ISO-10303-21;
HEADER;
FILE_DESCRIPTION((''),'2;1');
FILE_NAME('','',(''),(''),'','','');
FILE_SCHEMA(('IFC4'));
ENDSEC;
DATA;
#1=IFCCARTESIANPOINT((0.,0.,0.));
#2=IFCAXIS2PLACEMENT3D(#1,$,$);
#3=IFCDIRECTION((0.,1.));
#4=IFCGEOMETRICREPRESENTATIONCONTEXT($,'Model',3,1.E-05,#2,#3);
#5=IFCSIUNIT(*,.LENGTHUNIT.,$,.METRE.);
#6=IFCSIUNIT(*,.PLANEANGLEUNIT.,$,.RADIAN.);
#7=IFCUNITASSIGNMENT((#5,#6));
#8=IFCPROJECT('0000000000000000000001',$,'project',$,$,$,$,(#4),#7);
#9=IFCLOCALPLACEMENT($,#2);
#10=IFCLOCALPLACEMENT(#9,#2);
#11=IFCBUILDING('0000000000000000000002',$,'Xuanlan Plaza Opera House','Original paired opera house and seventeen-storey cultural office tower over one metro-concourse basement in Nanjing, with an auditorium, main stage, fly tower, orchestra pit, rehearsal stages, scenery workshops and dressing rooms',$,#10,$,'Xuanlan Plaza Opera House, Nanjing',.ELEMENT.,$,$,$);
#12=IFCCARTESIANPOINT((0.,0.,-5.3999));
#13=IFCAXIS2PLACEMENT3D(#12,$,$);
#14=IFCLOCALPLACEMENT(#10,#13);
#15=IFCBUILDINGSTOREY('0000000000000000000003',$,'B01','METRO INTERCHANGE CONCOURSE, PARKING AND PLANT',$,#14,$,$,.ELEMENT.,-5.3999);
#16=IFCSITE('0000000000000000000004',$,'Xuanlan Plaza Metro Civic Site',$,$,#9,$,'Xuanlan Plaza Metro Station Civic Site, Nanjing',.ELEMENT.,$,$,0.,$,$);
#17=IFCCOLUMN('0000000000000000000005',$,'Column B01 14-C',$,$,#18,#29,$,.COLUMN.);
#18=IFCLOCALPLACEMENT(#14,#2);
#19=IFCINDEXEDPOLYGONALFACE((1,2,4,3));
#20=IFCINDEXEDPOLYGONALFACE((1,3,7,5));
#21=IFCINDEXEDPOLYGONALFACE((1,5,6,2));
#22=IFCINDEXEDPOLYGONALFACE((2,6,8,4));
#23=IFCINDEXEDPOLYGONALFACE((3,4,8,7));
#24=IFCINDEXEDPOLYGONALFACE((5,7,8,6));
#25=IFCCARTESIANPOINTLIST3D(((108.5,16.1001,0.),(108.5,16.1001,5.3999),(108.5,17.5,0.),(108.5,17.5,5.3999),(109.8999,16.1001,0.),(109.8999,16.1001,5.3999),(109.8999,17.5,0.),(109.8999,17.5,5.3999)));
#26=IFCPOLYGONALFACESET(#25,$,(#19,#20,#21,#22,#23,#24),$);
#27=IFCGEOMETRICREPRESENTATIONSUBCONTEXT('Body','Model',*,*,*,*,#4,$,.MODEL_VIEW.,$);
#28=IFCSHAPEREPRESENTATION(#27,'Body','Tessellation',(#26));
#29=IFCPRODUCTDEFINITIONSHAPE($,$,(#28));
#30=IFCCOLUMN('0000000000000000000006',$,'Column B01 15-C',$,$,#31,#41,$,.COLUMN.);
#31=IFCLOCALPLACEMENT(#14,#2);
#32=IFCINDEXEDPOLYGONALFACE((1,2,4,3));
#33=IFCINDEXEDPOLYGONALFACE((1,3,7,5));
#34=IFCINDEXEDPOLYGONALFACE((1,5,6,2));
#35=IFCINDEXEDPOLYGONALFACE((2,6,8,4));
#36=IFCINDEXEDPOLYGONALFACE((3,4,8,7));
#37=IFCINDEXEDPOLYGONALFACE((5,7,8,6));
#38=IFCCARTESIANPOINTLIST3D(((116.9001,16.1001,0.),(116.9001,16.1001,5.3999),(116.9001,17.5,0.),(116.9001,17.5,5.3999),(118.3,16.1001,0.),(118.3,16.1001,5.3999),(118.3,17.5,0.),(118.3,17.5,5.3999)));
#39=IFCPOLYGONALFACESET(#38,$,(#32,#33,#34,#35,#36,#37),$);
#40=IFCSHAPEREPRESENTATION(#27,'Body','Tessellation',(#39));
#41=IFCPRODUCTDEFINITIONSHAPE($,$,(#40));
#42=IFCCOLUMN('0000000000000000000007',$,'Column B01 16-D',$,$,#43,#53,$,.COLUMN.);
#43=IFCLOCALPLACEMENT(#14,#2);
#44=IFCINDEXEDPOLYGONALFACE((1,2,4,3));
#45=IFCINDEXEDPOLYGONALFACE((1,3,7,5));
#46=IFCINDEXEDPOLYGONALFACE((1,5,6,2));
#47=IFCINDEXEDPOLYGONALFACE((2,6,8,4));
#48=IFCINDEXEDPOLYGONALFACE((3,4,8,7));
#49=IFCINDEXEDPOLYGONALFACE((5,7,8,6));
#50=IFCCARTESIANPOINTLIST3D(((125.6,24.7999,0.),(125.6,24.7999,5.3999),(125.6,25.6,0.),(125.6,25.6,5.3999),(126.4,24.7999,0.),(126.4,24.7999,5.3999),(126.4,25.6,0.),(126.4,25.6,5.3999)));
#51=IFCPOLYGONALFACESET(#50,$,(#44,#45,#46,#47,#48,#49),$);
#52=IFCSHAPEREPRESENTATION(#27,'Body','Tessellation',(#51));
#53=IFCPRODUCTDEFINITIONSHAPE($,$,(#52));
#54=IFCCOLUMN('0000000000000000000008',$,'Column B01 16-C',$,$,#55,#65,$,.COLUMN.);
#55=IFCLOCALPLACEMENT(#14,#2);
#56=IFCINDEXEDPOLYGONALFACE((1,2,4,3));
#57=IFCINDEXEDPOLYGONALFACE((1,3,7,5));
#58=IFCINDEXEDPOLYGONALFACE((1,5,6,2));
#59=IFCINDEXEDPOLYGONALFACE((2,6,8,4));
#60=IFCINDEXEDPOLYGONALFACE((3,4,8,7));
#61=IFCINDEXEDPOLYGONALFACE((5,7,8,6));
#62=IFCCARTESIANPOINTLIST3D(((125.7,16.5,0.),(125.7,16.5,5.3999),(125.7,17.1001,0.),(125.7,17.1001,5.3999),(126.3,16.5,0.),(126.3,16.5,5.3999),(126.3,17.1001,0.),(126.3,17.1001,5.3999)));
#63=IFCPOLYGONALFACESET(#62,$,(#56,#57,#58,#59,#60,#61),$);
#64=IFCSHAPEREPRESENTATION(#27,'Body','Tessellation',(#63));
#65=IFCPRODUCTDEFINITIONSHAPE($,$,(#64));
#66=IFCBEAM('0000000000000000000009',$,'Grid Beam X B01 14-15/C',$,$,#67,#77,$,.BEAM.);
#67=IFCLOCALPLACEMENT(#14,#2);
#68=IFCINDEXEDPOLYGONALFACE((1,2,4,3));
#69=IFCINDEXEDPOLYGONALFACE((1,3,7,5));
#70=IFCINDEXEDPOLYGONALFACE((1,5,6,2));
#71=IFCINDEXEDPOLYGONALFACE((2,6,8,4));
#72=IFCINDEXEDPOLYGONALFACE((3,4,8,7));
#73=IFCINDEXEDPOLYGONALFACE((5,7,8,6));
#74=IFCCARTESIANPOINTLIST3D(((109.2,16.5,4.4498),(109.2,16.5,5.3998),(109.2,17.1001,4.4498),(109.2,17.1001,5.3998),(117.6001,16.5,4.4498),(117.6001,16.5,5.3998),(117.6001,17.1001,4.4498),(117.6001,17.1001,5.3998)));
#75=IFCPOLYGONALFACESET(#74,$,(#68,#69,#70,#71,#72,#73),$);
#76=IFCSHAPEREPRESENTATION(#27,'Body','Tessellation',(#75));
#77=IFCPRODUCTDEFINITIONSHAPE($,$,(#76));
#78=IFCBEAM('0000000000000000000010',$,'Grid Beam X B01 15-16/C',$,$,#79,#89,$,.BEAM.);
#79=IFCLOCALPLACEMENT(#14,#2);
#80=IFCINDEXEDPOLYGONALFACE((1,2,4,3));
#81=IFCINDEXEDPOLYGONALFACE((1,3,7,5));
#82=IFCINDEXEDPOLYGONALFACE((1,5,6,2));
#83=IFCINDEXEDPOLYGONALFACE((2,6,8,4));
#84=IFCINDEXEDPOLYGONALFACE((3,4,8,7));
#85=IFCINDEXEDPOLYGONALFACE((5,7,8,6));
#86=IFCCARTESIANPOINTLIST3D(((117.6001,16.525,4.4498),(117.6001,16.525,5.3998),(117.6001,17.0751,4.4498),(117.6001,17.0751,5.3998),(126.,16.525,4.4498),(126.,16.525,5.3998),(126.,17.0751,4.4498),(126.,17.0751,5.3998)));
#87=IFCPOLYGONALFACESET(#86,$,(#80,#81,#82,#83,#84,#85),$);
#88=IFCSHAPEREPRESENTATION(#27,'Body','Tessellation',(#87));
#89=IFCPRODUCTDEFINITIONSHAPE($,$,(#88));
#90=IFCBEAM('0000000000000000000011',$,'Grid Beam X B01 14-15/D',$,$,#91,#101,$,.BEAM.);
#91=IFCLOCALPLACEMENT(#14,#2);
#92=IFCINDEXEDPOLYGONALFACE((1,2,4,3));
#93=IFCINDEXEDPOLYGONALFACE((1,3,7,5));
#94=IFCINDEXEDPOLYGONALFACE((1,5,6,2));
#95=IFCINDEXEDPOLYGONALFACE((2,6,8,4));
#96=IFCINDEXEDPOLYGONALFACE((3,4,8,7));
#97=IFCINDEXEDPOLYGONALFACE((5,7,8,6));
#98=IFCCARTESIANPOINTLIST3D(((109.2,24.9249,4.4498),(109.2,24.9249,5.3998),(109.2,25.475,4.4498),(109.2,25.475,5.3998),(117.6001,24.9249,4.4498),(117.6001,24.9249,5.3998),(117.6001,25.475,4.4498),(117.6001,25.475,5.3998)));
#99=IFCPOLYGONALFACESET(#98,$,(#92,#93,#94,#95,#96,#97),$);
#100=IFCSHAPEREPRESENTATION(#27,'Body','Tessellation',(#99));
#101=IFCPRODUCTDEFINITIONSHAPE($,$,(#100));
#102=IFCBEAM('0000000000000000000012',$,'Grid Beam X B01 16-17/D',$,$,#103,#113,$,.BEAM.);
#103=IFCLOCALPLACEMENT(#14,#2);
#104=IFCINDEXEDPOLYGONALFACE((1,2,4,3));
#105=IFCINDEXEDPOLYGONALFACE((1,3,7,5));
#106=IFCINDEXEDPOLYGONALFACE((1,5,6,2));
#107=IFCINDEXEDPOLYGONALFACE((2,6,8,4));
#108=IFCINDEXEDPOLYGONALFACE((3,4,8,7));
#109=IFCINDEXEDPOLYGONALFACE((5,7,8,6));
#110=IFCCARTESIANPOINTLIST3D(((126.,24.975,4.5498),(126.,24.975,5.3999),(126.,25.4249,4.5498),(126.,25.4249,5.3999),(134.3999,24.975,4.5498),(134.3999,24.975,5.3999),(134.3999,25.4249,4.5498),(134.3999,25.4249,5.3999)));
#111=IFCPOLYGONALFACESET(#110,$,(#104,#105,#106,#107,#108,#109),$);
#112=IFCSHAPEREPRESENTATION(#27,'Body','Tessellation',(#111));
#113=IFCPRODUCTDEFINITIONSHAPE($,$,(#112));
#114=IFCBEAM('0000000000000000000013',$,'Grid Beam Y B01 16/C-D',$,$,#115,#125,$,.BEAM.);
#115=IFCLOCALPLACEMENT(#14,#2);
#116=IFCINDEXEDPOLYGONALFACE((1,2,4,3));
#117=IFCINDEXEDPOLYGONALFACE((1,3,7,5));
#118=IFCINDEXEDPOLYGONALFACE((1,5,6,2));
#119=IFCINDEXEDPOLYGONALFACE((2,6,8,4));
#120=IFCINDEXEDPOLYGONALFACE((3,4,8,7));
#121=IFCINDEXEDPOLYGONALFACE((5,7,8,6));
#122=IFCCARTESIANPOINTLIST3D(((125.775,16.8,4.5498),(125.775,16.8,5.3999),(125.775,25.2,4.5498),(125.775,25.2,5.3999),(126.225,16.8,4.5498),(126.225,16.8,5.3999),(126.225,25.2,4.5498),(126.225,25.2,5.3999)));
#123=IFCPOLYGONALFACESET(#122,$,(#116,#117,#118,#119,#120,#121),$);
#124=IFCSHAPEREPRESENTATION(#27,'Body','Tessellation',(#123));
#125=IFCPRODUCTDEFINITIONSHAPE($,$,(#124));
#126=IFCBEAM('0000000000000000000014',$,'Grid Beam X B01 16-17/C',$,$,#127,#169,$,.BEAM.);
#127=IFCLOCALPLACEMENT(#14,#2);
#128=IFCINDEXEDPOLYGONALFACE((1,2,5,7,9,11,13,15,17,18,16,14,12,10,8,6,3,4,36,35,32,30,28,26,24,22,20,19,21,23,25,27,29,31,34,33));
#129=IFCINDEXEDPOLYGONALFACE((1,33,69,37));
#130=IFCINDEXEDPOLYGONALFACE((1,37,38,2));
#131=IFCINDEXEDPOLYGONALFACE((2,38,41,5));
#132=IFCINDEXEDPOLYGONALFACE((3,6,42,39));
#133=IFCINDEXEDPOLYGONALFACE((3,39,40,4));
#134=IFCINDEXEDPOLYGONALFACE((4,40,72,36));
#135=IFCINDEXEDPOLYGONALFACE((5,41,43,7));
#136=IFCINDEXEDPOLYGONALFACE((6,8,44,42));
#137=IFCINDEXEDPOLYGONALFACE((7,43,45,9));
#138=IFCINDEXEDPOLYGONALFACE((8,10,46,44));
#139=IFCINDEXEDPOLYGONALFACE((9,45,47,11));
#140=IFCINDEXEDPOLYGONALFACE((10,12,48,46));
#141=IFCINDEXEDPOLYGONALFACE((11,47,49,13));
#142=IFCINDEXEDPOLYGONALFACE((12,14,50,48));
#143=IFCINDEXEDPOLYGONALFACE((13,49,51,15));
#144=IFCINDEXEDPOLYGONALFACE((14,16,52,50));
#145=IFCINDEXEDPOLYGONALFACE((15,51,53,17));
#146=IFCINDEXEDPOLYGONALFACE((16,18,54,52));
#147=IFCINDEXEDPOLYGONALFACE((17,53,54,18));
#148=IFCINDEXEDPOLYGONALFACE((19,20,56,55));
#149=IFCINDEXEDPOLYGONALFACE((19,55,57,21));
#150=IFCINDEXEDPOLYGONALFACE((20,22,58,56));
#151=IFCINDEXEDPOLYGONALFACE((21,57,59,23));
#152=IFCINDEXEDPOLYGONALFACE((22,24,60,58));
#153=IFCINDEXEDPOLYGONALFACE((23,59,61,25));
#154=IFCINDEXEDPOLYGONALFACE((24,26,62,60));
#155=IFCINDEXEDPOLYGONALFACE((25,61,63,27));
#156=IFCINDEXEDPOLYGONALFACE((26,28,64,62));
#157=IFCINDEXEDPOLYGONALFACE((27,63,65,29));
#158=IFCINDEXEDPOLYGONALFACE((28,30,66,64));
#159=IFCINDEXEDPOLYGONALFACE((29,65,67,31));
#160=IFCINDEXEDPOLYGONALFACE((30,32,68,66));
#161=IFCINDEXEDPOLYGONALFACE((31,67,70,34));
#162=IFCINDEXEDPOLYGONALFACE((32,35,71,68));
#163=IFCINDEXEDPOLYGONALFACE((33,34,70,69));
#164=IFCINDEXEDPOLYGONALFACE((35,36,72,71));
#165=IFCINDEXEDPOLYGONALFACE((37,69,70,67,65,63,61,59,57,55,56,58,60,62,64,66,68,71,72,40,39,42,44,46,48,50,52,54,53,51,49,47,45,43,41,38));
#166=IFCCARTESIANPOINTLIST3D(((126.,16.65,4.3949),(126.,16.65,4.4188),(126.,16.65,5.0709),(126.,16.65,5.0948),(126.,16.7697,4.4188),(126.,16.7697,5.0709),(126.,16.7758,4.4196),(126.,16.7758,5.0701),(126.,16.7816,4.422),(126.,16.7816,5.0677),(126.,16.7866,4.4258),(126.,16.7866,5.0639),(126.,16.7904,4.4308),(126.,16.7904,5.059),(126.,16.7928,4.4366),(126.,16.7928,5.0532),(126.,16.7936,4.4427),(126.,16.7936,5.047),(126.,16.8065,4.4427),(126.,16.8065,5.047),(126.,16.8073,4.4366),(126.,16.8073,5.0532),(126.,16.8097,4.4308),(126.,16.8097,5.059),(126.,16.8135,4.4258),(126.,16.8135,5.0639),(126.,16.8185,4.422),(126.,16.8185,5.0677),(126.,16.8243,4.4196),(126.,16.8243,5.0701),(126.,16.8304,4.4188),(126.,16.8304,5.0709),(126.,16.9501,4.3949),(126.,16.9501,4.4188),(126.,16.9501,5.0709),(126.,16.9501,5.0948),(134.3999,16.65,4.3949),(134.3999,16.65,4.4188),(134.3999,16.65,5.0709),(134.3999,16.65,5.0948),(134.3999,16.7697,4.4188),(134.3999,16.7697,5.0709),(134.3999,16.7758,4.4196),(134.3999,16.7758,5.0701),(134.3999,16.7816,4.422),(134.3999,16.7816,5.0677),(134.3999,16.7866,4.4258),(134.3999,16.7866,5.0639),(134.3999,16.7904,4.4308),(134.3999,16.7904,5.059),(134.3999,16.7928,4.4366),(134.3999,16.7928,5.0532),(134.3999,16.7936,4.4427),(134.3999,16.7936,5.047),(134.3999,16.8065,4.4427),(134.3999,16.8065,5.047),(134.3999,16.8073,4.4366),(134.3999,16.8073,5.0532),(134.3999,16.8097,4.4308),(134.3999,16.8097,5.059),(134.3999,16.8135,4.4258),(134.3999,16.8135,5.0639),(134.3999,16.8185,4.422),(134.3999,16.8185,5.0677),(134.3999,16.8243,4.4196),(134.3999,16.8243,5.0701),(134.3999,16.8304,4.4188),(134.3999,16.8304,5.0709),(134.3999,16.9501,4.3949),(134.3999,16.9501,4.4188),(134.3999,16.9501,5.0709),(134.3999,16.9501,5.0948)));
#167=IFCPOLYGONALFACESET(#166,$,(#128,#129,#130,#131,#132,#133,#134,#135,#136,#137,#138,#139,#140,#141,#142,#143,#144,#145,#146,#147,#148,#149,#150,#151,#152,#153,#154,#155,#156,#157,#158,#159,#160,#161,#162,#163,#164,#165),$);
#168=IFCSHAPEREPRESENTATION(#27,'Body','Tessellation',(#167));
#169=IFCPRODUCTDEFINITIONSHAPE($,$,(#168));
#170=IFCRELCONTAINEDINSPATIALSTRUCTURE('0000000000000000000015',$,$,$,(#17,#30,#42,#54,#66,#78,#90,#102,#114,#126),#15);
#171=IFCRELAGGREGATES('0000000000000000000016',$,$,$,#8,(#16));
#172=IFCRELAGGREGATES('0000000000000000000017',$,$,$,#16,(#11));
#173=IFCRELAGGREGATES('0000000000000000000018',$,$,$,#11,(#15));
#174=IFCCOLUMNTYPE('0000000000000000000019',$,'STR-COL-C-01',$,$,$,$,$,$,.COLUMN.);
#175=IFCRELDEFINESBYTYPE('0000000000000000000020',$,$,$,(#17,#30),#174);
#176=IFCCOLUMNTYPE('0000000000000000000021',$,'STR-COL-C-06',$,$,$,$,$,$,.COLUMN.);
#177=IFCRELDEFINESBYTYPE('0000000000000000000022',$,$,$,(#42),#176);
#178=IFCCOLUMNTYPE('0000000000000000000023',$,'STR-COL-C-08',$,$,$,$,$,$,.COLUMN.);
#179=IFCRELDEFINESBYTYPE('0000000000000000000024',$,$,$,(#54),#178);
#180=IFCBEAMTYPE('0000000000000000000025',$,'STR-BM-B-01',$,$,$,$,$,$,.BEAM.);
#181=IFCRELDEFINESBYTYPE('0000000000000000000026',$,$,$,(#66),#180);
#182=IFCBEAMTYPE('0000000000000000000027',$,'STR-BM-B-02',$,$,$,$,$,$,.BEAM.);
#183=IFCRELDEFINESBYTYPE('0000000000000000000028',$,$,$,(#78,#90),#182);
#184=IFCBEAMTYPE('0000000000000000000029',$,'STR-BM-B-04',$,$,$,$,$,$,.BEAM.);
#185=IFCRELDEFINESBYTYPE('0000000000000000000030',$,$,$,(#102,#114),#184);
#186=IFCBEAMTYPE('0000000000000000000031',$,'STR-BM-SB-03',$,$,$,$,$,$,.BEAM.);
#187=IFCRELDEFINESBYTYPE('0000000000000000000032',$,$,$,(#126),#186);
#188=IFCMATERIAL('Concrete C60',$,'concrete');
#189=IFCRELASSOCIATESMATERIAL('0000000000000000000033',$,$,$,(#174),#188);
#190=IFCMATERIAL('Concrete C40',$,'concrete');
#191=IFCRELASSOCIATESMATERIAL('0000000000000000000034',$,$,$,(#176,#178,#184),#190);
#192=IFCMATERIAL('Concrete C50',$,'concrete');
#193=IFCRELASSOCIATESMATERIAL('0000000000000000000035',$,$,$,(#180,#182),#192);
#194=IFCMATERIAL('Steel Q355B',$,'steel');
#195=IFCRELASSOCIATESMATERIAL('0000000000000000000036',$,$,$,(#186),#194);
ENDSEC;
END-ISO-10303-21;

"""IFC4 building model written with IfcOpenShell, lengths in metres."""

from ifc_helpers import new_model, si_unit, direction, frame, origin, origin_2d, place, context, subcontext, project, spatial, rectangle, i_section, extrude, material, material_profile, profile_set, type_object, element, save


model = new_model("IFC4")

# Units and contexts
model_context = context("Model", 3, precision=1e-05, world=origin(), true_north=direction((0.0, 1.0)))
body_context = subcontext(model_context, "Body", "Model", "MODEL_VIEW")
ifc_project = project(units=[si_unit("LENGTHUNIT", "METRE"), si_unit("PLANEANGLEUNIT", "RADIAN")], contexts=[model_context])

# Site, building, storey
site_placement = place(None, origin())
site = spatial("IfcSite", under=ifc_project, at=site_placement, Name="Xuanlan Plaza Metro Civic Site", LongName="Xuanlan Plaza Metro Station Civic Site, Nanjing", CompositionType="ELEMENT", RefElevation=0.0)
building_placement = place(site_placement, origin())
building = spatial("IfcBuilding", under=site, at=building_placement, Name="Xuanlan Plaza Opera House", Description="Original paired opera house and seventeen-storey cultural office tower over one metro-concourse basement in Nanjing, with an auditorium, main stage, fly tower, orchestra pit, rehearsal stages, scenery workshops and dressing rooms", LongName="Xuanlan Plaza Opera House, Nanjing", CompositionType="ELEMENT")
storey_placement = place(building_placement, frame((0.0, 0.0, -5.3999)))
storey = spatial("IfcBuildingStorey", under=building, at=storey_placement, Name="B01", Description="METRO INTERCHANGE CONCOURSE, PARKING AND PLANT", CompositionType="ELEMENT", Elevation=-5.3999)

# Shared definitions
ifc_material_1 = material(Name="Concrete C40", Category="concrete")
ifc_material_2 = material(Name="Concrete C50", Category="concrete")

# Columns
ifc_material_3 = material(Name="Concrete C60", Category="concrete")
ifc_material_profile_1 = material_profile(ifc_material_3, rectangle(XDim=1.3999, YDim=1.3999, at=origin_2d()), Name="RC-COL 1400x1400")
ifc_profile_set_1 = profile_set([ifc_material_profile_1], Name="Concrete C60")
column_type_1 = type_object("IfcColumnType", Name="STR-COL-C-01", PredefinedType="COLUMN", material=ifc_profile_set_1)
for number, where, z_axis, x_axis, name in (
    (1, (109.2, 16.8, 0.0), (0.0, 0.0, 1.0), (1.0, 0.0, 0.0), "Column B01 14-C"),
    (2, (117.6001, 16.8, 0.0), (0.0, 0.0, 1.0), (1.0, 0.0, 0.0), "Column B01 15-C"),
):
    element("IfcColumn", number, at=place(storey_placement, frame(where, z_axis=z_axis, x_axis=x_axis)), inside=storey, type_object=column_type_1, Name=name, PredefinedType="COLUMN", context=body_context, shape_type="SweptSolid", body=[
        extrude(rectangle(XDim=1.3999, YDim=1.3999, at=origin_2d()), origin(), (0.0, 0.0, 1.0), 5.3999),
    ])
ifc_material_profile_2 = material_profile(ifc_material_1, rectangle(XDim=0.8, YDim=0.8, at=origin_2d()), Name="RC-COL 800x800")
ifc_profile_set_2 = profile_set([ifc_material_profile_2], Name="Concrete C40")
column_type_2 = type_object("IfcColumnType", Name="STR-COL-C-06", PredefinedType="COLUMN", material=ifc_profile_set_2)
column_1_placement = place(storey_placement, frame((126.0, 25.2, 0.0), z_axis=(0.0, 0.0, 1.0), x_axis=(1.0, 0.0, 0.0)))
element("IfcColumn", 3, at=column_1_placement, inside=storey, type_object=column_type_2, Name="Column B01 16-D", PredefinedType="COLUMN", context=body_context, shape_type="SweptSolid", body=[
    extrude(rectangle(XDim=0.8, YDim=0.8, at=origin_2d()), origin(), (0.0, 0.0, 1.0), 5.3999),
])
ifc_material_profile_3 = material_profile(ifc_material_1, rectangle(XDim=0.6001, YDim=0.6001, at=origin_2d()), Name="RC-COL 600x600")
ifc_profile_set_3 = profile_set([ifc_material_profile_3], Name="Concrete C40")
column_type_3 = type_object("IfcColumnType", Name="STR-COL-C-08", PredefinedType="COLUMN", material=ifc_profile_set_3)
column_2_placement = place(storey_placement, frame((126.0, 16.8, 0.0), z_axis=(0.0, 0.0, 1.0), x_axis=(1.0, 0.0, 0.0)))
element("IfcColumn", 4, at=column_2_placement, inside=storey, type_object=column_type_3, Name="Column B01 16-C", PredefinedType="COLUMN", context=body_context, shape_type="SweptSolid", body=[
    extrude(rectangle(XDim=0.6001, YDim=0.6001, at=origin_2d()), origin(), (0.0, 0.0, 1.0), 5.3999),
])

# Beams
ifc_material_profile_4 = material_profile(ifc_material_2, rectangle(XDim=0.6001, YDim=0.95, at=origin_2d()), Name="RC-BM 600x950")
ifc_profile_set_4 = profile_set([ifc_material_profile_4], Name="Concrete C50")
beam_type_1 = type_object("IfcBeamType", Name="STR-BM-B-01", PredefinedType="BEAM", material=ifc_profile_set_4)
beam_1_placement = place(storey_placement, frame((109.2, 16.8, 4.9248), z_axis=(1.0, 0.0, 0.0), x_axis=(0.0, 1.0, 0.0)))
element("IfcBeam", 5, at=beam_1_placement, inside=storey, type_object=beam_type_1, Name="Grid Beam X B01 14-15/C", PredefinedType="BEAM", context=body_context, shape_type="SweptSolid", body=[
    extrude(rectangle(XDim=0.6001, YDim=0.95, at=origin_2d()), origin(), (0.0, 0.0, 1.0), 8.4001),
])
ifc_material_profile_5 = material_profile(ifc_material_2, rectangle(XDim=0.55, YDim=0.95, at=origin_2d()), Name="RC-BM 550x950")
ifc_profile_set_5 = profile_set([ifc_material_profile_5], Name="Concrete C50")
beam_type_2 = type_object("IfcBeamType", Name="STR-BM-B-02", PredefinedType="BEAM", material=ifc_profile_set_5)
beam_2_placement = place(storey_placement, frame((117.6001, 16.8, 4.9248), z_axis=(1.0, 0.0, 0.0), x_axis=(0.0, 1.0, 0.0)))
element("IfcBeam", 6, at=beam_2_placement, inside=storey, type_object=beam_type_2, Name="Grid Beam X B01 15-16/C", PredefinedType="BEAM", context=body_context, shape_type="SweptSolid", body=[
    extrude(rectangle(XDim=0.55, YDim=0.95, at=origin_2d()), origin(), (0.0, 0.0, 1.0), 8.3999),
])
beam_3_placement = place(storey_placement, frame((109.2, 25.2, 4.9248), z_axis=(1.0, 0.0, 0.0), x_axis=(0.0, 1.0, 0.0)))
element("IfcBeam", 7, at=beam_3_placement, inside=storey, type_object=beam_type_2, Name="Grid Beam X B01 14-15/D", PredefinedType="BEAM", context=body_context, shape_type="SweptSolid", body=[
    extrude(rectangle(XDim=0.55, YDim=0.95, at=origin_2d()), origin(), (0.0, 0.0, 1.0), 8.4001),
])
ifc_material_profile_6 = material_profile(ifc_material_1, rectangle(XDim=0.45, YDim=0.8501, at=origin_2d()), Name="RC-BM 450x850")
ifc_profile_set_6 = profile_set([ifc_material_profile_6], Name="Concrete C40")
beam_type_3 = type_object("IfcBeamType", Name="STR-BM-B-04", PredefinedType="BEAM", material=ifc_profile_set_6)
for number, where, z_axis, x_axis, name in (
    (8, (126.0, 25.2, 4.9749), (1.0, 0.0, 0.0), (0.0, 1.0, 0.0), "Grid Beam X B01 16-17/D"),
    (9, (126.0, 16.8, 4.9749), (0.0, 1.0, 0.0), (-1.0, 0.0, 0.0), "Grid Beam Y B01 16/C-D"),
):
    element("IfcBeam", number, at=place(storey_placement, frame(where, z_axis=z_axis, x_axis=x_axis)), inside=storey, type_object=beam_type_3, Name=name, PredefinedType="BEAM", context=body_context, shape_type="SweptSolid", body=[
        extrude(rectangle(XDim=0.45, YDim=0.8501, at=origin_2d()), origin(), (0.0, 0.0, 1.0), 8.3999),
    ])
ifc_material_4 = material(Name="Steel Q355B", Category="steel")
ifc_material_profile_7 = material_profile(ifc_material_4, i_section(OverallWidth=0.3, OverallDepth=0.7, WebThickness=0.0129, FlangeThickness=0.0239, FilletRadius=0.0239, at=origin_2d()), Name="HN 700x300x13x24")
ifc_profile_set_7 = profile_set([ifc_material_profile_7], Name="Steel Q355B")
beam_type_4 = type_object("IfcBeamType", Name="STR-BM-SB-03", PredefinedType="BEAM", material=ifc_profile_set_7)
for number, where, z_axis, x_axis, name in (
    (10, (126.0, 16.8, 4.7449), (1.0, 0.0, 0.0), (0.0, 1.0, 0.0), "Grid Beam X B01 16-17/C"),
):
    element("IfcBeam", number, at=place(storey_placement, frame(where, z_axis=z_axis, x_axis=x_axis)), inside=storey, type_object=beam_type_4, Name=name, PredefinedType="BEAM", context=body_context, shape_type="SweptSolid", body=[
        extrude(i_section(OverallWidth=0.3, OverallDepth=0.7, WebThickness=0.0129, FlangeThickness=0.0239, FilletRadius=0.0239, at=origin_2d()), origin(), (0.0, 0.0, 1.0), 8.3999),
    ])

save(model, "model.ifc")
